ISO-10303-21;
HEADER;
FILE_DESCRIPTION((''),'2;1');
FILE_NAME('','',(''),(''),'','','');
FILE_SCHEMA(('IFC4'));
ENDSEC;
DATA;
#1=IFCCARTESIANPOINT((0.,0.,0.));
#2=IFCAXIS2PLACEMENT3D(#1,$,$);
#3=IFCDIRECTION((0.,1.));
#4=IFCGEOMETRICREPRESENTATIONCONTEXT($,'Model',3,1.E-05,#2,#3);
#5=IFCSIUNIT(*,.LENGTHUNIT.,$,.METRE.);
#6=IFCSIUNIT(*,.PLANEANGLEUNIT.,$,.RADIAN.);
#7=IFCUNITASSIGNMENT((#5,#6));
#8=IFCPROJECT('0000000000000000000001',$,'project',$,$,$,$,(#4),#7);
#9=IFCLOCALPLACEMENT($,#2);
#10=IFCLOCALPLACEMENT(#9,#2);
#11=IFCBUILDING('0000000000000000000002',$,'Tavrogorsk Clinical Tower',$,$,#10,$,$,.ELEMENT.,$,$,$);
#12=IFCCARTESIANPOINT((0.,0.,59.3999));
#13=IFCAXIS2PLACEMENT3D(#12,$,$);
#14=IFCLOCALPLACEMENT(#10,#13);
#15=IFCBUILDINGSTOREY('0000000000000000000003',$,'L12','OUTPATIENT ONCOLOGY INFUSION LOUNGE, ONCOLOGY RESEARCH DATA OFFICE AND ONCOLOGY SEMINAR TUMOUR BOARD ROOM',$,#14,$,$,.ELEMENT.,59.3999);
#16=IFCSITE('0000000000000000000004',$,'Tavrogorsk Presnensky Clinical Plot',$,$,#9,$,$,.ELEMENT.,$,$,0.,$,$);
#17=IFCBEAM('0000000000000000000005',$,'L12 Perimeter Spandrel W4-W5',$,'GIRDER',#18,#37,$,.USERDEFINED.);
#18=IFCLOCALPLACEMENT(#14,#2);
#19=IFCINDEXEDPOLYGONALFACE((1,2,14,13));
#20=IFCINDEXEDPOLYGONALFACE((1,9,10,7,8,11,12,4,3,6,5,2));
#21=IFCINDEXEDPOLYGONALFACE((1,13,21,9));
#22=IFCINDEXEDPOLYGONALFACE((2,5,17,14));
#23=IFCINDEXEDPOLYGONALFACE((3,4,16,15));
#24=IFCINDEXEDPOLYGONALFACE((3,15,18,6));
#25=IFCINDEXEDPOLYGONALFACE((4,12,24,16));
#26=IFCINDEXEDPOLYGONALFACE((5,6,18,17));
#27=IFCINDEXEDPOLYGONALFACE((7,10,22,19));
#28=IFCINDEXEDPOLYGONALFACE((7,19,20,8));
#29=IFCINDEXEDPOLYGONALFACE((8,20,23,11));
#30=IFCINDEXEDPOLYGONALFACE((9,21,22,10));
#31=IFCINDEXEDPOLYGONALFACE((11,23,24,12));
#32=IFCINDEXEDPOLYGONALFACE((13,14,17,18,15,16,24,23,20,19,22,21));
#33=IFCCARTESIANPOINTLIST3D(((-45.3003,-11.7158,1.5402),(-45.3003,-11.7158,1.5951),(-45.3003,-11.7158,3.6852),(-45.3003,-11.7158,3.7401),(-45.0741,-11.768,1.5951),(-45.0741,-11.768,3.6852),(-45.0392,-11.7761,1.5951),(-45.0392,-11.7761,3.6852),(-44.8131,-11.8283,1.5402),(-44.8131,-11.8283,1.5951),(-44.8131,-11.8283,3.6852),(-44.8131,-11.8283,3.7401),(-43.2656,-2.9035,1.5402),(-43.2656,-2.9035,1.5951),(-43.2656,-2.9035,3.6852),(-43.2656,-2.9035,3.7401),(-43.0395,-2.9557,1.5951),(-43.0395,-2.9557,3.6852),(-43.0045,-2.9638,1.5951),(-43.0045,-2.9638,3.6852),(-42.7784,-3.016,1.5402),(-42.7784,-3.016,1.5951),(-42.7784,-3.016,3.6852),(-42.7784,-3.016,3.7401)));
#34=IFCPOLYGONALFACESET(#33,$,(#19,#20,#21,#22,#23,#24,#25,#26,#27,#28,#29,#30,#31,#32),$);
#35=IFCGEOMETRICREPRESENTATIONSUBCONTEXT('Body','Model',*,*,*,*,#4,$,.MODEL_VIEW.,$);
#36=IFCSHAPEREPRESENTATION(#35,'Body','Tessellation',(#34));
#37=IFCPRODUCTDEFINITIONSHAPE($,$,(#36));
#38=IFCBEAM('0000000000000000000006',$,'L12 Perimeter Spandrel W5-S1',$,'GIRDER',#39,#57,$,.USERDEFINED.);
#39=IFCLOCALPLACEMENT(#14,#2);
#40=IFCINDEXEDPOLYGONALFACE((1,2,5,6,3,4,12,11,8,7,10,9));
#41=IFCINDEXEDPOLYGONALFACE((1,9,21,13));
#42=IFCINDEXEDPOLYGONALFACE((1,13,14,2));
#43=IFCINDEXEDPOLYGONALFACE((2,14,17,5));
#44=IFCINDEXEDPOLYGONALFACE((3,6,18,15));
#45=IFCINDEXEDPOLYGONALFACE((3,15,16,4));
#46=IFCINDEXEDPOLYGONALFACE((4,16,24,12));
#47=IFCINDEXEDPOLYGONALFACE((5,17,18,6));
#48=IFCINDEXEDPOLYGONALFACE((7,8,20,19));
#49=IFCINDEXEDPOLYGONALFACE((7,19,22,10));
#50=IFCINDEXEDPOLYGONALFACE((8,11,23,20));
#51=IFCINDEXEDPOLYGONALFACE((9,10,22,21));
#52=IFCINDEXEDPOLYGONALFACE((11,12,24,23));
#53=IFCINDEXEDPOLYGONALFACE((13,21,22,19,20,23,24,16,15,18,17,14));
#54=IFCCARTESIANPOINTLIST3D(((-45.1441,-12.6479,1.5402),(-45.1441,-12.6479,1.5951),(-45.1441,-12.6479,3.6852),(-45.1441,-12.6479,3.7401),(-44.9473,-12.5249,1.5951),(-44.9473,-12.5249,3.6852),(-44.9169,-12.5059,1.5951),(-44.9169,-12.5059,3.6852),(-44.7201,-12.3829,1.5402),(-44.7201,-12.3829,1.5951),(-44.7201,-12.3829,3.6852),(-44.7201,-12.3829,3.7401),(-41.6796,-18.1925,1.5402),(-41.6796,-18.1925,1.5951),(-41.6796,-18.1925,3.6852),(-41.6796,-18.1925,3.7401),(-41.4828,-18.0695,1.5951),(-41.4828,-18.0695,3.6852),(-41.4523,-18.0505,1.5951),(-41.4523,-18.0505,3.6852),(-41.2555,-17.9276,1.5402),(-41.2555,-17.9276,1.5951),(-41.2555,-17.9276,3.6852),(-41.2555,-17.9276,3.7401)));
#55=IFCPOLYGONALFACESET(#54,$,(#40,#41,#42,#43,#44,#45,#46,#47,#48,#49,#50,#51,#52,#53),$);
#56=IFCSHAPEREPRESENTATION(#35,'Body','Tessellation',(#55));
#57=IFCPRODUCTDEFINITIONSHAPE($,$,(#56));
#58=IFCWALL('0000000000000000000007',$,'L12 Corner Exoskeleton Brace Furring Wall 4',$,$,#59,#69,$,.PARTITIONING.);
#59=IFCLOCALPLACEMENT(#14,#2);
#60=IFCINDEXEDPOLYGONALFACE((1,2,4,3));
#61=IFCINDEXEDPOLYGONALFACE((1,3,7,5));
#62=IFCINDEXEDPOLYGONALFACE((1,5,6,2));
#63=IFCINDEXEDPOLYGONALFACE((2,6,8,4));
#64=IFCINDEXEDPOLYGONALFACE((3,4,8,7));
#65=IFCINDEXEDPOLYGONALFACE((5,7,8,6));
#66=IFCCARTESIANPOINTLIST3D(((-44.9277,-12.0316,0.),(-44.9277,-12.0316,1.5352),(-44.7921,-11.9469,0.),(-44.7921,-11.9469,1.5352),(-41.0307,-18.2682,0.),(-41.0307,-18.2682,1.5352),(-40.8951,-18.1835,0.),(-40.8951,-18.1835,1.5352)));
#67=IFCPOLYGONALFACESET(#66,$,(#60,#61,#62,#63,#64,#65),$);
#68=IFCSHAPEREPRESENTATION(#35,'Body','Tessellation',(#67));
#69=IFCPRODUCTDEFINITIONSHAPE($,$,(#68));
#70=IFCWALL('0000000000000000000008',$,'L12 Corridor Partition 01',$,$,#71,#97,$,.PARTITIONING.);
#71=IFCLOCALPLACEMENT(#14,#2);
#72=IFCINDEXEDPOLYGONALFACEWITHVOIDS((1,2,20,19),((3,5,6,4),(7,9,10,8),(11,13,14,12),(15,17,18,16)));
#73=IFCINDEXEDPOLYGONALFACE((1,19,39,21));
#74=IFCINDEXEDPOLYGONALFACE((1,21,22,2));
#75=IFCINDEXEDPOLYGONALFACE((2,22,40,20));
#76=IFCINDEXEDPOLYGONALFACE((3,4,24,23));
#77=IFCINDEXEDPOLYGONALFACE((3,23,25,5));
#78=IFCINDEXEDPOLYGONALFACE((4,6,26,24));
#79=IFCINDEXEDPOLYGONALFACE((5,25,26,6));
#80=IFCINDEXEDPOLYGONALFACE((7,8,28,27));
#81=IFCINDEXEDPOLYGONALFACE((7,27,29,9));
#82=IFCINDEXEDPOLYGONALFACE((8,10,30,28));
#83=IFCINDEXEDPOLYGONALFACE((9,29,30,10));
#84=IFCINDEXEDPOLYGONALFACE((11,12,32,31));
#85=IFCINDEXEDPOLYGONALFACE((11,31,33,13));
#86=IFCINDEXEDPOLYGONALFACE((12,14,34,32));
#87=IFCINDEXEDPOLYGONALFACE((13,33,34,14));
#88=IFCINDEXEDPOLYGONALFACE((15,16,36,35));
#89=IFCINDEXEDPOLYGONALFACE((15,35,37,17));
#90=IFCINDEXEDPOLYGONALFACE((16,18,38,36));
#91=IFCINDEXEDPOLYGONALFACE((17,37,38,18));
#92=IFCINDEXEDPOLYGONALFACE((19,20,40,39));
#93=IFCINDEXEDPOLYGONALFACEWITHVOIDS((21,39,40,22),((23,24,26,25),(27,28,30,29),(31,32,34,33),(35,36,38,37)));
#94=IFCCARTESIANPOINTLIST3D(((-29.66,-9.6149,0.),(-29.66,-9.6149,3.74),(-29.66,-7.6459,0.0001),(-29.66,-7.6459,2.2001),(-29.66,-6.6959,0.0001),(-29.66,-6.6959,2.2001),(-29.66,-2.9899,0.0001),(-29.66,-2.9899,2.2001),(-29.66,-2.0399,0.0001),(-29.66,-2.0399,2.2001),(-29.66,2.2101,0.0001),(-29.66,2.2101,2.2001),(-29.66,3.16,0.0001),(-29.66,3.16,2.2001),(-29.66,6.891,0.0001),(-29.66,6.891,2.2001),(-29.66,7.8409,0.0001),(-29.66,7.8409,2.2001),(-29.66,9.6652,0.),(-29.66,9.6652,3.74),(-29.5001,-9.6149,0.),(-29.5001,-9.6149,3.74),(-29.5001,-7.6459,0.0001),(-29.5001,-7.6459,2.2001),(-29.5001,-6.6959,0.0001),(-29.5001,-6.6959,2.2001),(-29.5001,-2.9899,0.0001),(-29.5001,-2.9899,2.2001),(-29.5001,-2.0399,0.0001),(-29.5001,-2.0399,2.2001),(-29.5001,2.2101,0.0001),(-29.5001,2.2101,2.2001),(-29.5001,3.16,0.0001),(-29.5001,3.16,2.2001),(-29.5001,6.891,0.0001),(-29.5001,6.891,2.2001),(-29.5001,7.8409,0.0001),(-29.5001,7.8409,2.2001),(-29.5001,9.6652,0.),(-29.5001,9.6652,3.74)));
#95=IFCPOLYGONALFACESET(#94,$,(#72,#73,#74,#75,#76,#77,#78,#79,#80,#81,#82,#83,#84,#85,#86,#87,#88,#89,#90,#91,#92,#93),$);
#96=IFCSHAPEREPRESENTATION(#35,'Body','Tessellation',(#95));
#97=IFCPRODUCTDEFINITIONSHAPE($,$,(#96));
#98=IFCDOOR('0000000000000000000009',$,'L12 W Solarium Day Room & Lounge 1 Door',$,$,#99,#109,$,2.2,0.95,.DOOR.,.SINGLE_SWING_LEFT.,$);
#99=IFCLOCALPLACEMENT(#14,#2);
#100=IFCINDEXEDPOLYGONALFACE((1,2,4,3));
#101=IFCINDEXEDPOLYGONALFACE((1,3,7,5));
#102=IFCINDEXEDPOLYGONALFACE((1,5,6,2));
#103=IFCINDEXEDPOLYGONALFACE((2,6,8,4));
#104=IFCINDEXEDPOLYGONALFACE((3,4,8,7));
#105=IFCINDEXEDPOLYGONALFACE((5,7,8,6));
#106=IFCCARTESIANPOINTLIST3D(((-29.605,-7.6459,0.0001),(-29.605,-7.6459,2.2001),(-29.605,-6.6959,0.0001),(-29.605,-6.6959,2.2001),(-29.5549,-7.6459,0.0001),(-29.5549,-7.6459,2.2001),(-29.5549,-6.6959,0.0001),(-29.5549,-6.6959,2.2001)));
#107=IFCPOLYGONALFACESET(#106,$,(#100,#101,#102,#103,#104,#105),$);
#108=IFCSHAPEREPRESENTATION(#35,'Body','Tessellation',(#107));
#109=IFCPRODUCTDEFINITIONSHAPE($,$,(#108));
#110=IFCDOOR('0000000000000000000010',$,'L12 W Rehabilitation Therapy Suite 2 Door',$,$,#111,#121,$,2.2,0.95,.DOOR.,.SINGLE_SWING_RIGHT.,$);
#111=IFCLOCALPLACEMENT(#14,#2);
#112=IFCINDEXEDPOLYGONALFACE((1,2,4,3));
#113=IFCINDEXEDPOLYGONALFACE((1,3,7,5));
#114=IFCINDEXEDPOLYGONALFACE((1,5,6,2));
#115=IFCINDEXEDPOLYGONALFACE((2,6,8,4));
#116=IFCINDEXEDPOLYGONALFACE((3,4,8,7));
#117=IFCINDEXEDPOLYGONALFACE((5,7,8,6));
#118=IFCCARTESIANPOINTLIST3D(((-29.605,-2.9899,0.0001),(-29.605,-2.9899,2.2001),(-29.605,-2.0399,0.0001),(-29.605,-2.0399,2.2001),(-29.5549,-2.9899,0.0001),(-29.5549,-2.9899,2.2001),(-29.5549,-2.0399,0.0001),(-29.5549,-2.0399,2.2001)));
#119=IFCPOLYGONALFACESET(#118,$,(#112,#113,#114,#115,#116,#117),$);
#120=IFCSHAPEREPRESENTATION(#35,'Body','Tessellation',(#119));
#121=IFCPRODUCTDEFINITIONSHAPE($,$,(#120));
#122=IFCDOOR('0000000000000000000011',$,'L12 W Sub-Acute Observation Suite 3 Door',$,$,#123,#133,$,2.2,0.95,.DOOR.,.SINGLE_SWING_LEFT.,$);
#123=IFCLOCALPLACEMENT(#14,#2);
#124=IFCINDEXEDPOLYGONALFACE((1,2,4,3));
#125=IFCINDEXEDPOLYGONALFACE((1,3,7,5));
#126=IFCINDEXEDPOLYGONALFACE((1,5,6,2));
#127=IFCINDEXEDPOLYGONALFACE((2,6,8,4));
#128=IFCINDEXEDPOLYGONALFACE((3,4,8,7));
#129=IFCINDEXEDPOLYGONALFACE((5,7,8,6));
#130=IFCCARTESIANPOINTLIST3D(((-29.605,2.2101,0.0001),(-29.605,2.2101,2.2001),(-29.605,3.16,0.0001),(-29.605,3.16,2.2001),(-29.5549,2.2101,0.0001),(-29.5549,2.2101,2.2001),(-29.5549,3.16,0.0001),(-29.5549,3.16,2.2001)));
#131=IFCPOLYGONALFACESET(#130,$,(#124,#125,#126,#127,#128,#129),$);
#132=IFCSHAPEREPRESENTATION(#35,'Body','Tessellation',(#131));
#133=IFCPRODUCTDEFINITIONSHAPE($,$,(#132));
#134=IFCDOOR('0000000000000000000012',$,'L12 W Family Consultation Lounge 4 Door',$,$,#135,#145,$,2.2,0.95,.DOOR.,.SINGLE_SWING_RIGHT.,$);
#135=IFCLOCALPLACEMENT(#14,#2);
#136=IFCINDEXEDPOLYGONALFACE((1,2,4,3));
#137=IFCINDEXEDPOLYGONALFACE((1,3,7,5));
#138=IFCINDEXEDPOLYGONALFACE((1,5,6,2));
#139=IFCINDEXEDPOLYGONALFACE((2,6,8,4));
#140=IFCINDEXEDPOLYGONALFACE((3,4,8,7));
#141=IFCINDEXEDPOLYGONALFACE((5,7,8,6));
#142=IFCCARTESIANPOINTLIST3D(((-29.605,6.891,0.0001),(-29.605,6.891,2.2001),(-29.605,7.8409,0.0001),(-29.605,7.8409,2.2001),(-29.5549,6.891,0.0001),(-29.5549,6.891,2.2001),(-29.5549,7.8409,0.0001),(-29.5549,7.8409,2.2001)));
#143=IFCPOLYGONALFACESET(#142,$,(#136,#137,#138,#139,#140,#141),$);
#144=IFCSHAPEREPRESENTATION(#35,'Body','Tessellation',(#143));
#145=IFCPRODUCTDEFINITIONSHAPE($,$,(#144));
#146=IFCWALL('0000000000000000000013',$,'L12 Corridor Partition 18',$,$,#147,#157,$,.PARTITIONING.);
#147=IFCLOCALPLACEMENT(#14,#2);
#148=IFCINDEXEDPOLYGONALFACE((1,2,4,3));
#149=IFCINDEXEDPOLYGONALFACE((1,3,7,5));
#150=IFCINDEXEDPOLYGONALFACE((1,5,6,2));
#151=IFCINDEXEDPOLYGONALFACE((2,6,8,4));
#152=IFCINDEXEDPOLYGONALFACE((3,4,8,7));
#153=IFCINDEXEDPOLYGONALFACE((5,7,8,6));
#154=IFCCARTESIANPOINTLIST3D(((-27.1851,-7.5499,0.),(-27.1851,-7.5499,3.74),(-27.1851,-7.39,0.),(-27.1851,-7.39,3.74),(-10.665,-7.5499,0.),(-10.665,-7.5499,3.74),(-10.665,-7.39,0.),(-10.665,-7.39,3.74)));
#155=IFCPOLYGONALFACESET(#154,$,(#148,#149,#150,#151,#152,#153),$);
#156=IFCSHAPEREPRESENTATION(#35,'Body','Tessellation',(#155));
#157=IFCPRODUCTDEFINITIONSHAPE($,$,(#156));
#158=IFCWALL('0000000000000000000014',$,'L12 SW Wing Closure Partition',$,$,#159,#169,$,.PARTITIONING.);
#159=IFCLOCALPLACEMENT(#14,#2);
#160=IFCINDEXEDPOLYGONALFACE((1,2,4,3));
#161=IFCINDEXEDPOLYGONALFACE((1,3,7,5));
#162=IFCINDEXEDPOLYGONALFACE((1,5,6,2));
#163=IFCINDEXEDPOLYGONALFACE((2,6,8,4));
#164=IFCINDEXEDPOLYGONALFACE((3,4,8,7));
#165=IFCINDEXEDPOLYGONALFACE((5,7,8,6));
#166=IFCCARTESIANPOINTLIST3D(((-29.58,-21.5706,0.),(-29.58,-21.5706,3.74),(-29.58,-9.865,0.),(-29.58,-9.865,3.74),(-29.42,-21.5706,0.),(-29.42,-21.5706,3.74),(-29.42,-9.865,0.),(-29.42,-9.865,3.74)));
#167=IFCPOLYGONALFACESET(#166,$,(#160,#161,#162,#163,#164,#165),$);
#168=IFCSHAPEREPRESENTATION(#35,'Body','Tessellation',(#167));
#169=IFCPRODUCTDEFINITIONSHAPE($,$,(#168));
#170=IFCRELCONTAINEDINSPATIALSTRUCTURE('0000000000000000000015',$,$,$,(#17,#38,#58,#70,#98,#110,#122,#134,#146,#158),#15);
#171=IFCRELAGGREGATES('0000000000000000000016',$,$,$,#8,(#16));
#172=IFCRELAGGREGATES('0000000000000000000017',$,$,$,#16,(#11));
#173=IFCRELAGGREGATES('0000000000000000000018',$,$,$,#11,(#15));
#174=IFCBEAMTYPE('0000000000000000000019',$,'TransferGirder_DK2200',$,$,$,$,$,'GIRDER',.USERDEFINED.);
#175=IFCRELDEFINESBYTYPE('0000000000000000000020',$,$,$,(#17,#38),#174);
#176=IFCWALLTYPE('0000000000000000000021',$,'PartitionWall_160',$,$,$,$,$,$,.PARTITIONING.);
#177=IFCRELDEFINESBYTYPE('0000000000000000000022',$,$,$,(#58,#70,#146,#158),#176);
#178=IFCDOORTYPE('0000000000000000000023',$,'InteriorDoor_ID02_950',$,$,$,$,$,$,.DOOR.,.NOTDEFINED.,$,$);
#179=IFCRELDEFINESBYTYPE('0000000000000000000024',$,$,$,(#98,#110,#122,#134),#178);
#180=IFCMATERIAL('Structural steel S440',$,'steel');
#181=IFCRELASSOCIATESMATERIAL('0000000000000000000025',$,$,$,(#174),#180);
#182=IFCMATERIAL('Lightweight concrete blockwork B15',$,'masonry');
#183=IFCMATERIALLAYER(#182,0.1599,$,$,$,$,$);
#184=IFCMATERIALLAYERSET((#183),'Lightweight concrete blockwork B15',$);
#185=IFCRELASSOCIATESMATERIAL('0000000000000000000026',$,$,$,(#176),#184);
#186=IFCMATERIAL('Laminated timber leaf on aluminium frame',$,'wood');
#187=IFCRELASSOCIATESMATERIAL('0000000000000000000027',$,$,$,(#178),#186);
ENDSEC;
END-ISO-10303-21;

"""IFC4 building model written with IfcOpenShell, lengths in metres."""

from ifc_helpers import new_model, si_unit, direction, frame, frame_2d, origin, origin_2d, place, context, subcontext, project, spatial, rectangle, i_section, extrude, material, layer, layer_set, material_profile, profile_set, type_object, element, fill, save


model = new_model("IFC4")

# Units and contexts
model_context = context("Model", 3, precision=1e-05, world=origin(), true_north=direction((0.0, 1.0)))
body_context = subcontext(model_context, "Body", "Model", "MODEL_VIEW")
ifc_project = project(units=[si_unit("LENGTHUNIT", "METRE"), si_unit("PLANEANGLEUNIT", "RADIAN")], contexts=[model_context])

# Site, building, storey
site_placement = place(None, origin())
site = spatial("IfcSite", under=ifc_project, at=site_placement, Name="Tavrogorsk Presnensky Clinical Plot", CompositionType="ELEMENT", RefElevation=0.0)
building_placement = place(site_placement, origin())
building = spatial("IfcBuilding", under=site, at=building_placement, Name="Tavrogorsk Clinical Tower", CompositionType="ELEMENT")
storey_placement = place(building_placement, frame((0.0, 0.0, 59.3999)))
storey = spatial("IfcBuildingStorey", under=building, at=storey_placement, Name="L12", Description="OUTPATIENT ONCOLOGY INFUSION LOUNGE, ONCOLOGY RESEARCH DATA OFFICE AND ONCOLOGY SEMINAR TUMOUR BOARD ROOM", CompositionType="ELEMENT", Elevation=59.3999)

# Beams
ifc_material_1 = material(Name="Structural steel S440", Category="steel")
ifc_material_profile_1 = material_profile(ifc_material_1, i_section(OverallWidth=0.5, OverallDepth=2.2, WebThickness=0.0359, FlangeThickness=0.0549, at=origin_2d()), Name="DK-2200x500x36x55")
ifc_profile_set_1 = profile_set([ifc_material_profile_1], Name="Structural steel S440")
beam_type = type_object("IfcBeamType", Name="TransferGirder_DK2200", ElementType="GIRDER", PredefinedType="USERDEFINED", material=ifc_profile_set_1)
beam_1_placement = place(storey_placement, frame((-43.022, -2.9597, 2.6401), z_axis=(-0.224972, -0.974365, 0.0), x_axis=(0.974365, -0.224972, 0.0)))
element("IfcBeam", 1, at=beam_1_placement, inside=storey, type_object=beam_type, Name="L12 Perimeter Spandrel W4-W5", ObjectType="GIRDER", PredefinedType="USERDEFINED", context=body_context, shape_type="SweptSolid", body=[
    extrude(i_section(OverallWidth=0.5, OverallDepth=2.2, WebThickness=0.0359, FlangeThickness=0.0549, at=origin_2d()), origin(), (0.0, 0.0, 1.0), 9.0442),
])
beam_2_placement = place(storey_placement, frame((-44.9321, -12.5154, 2.6401), z_axis=(0.529908, -0.848055, 0.0), x_axis=(0.848055, 0.529908, 0.0)))
element("IfcBeam", 2, at=beam_2_placement, inside=storey, type_object=beam_type, Name="L12 Perimeter Spandrel W5-S1", ObjectType="GIRDER", PredefinedType="USERDEFINED", context=body_context, shape_type="SweptSolid", body=[
    extrude(i_section(OverallWidth=0.5, OverallDepth=2.2, WebThickness=0.0359, FlangeThickness=0.0549, at=origin_2d()), origin(), (0.0, 0.0, 1.0), 6.5381),
])

# Wall
ifc_material_2 = material(Name="Lightweight concrete blockwork B15", Category="masonry")
ifc_layer_1 = layer(ifc_material_2, 0.1599)
ifc_layer_set_1 = layer_set([ifc_layer_1], Name="Lightweight concrete blockwork B15")
wall_type_1 = type_object("IfcWallType", Name="PartitionWall_160", PredefinedType="PARTITIONING", material=ifc_layer_set_1)
wall_1_placement = place(storey_placement, frame((-44.8599, -11.9893, 0.0), z_axis=(0.0, 0.0, 1.0), x_axis=(0.529912, -0.848052, 0.0)))
element("IfcWall", 3, at=wall_1_placement, inside=storey, type_object=wall_type_1, Name="L12 Corner Exoskeleton Brace Furring Wall 4", PredefinedType="PARTITIONING", context=body_context, shape_type="SweptSolid", body=[
    extrude(rectangle(XDim=7.354, YDim=0.1599, at=frame_2d((3.677, 0.0))), origin(), (0.0, 0.0, 1.0), 1.5352),
])

# Wall, openings, doors
wall_2_placement = place(storey_placement, frame((-29.5801, -9.615, 0.0), z_axis=(0.0, 0.0, 1.0), x_axis=(0.0, 1.0, 0.0)))
wall_2 = element("IfcWall", 4, at=wall_2_placement, inside=storey, type_object=wall_type_1, Name="L12 Corridor Partition 01", PredefinedType="PARTITIONING", context=body_context, shape_type="SweptSolid", body=[
    extrude(rectangle(XDim=19.28, YDim=0.1599, at=frame_2d((9.6401, 0.0))), origin(), (0.0, 0.0, 1.0), 3.74),
])
opening_1_placement = place(wall_2_placement, frame((1.969, 0.0, 0.0)))
opening_1 = element("IfcOpeningElement", 5, at=opening_1_placement, cuts=wall_2, PredefinedType="OPENING", context=body_context, shape_type="SweptSolid", body=[
    extrude(rectangle(XDim=0.95, YDim=2.2, at=frame_2d((0.4751, 1.1001))), frame((0.0, 0.0898, 0.0), z_axis=(0.0, -1.0, 0.0), x_axis=(1.0, 0.0, 0.0)), (0.0, 0.0, 1.0), 0.1799),
])
opening_2_placement = place(wall_2_placement, frame((6.625, 0.0, 0.0)))
opening_2 = element("IfcOpeningElement", 6, at=opening_2_placement, cuts=wall_2, PredefinedType="OPENING", context=body_context, shape_type="SweptSolid", body=[
    extrude(rectangle(XDim=0.95, YDim=2.2, at=frame_2d((0.4751, 1.1001))), frame((0.0, 0.0898, 0.0), z_axis=(0.0, -1.0, 0.0), x_axis=(1.0, 0.0, 0.0)), (0.0, 0.0, 1.0), 0.1799),
])
opening_3_placement = place(wall_2_placement, frame((11.825, 0.0, 0.0)))
opening_3 = element("IfcOpeningElement", 7, at=opening_3_placement, cuts=wall_2, PredefinedType="OPENING", context=body_context, shape_type="SweptSolid", body=[
    extrude(rectangle(XDim=0.95, YDim=2.2, at=frame_2d((0.4751, 1.1001))), frame((0.0, 0.0898, 0.0), z_axis=(0.0, -1.0, 0.0), x_axis=(1.0, 0.0, 0.0)), (0.0, 0.0, 1.0), 0.1799),
])
opening_4_placement = place(wall_2_placement, frame((16.5059, 0.0, 0.0)))
opening_4 = element("IfcOpeningElement", 8, at=opening_4_placement, cuts=wall_2, PredefinedType="OPENING", context=body_context, shape_type="SweptSolid", body=[
    extrude(rectangle(XDim=0.95, YDim=2.2, at=frame_2d((0.4751, 1.1001))), frame((0.0, 0.0898, 0.0), z_axis=(0.0, -1.0, 0.0), x_axis=(1.0, 0.0, 0.0)), (0.0, 0.0, 1.0), 0.1799),
])
ifc_material_3 = material(Name="Laminated timber leaf on aluminium frame", Category="wood")
door_type = type_object("IfcDoorType", Name="InteriorDoor_ID02_950", OperationType="NOTDEFINED", PredefinedType="DOOR", material=ifc_material_3)
door_1_placement = place(opening_1_placement, origin())
door_1 = element("IfcDoor", 9, at=door_1_placement, inside=storey, type_object=door_type, Name="L12 W Solarium Day Room & Lounge 1 Door", OperationType="SINGLE_SWING_LEFT", OverallHeight=2.2, OverallWidth=0.95, PredefinedType="DOOR", context=body_context, shape_type="SweptSolid", body=[
    extrude(rectangle(XDim=0.95, YDim=2.2, at=frame_2d((0.4751, 1.1001))), frame((0.0, 0.0249, 0.0), z_axis=(0.0, -1.0, 0.0), x_axis=(1.0, 0.0, 0.0)), (0.0, 0.0, 1.0), 0.05),
])
fill(opening_1, door_1)
door_2_placement = place(opening_2_placement, origin())
door_2 = element("IfcDoor", 10, at=door_2_placement, inside=storey, type_object=door_type, Name="L12 W Rehabilitation Therapy Suite 2 Door", OperationType="SINGLE_SWING_RIGHT", OverallHeight=2.2, OverallWidth=0.95, PredefinedType="DOOR", context=body_context, shape_type="SweptSolid", body=[
    extrude(rectangle(XDim=0.95, YDim=2.2, at=frame_2d((0.4751, 1.1001))), frame((0.0, 0.0249, 0.0), z_axis=(0.0, -1.0, 0.0), x_axis=(1.0, 0.0, 0.0)), (0.0, 0.0, 1.0), 0.05),
])
fill(opening_2, door_2)
door_3_placement = place(opening_3_placement, origin())
door_3 = element("IfcDoor", 11, at=door_3_placement, inside=storey, type_object=door_type, Name="L12 W Sub-Acute Observation Suite 3 Door", OperationType="SINGLE_SWING_LEFT", OverallHeight=2.2, OverallWidth=0.95, PredefinedType="DOOR", context=body_context, shape_type="SweptSolid", body=[
    extrude(rectangle(XDim=0.95, YDim=2.2, at=frame_2d((0.4751, 1.1001))), frame((0.0, 0.0249, 0.0), z_axis=(0.0, -1.0, 0.0), x_axis=(1.0, 0.0, 0.0)), (0.0, 0.0, 1.0), 0.05),
])
fill(opening_3, door_3)
door_4_placement = place(opening_4_placement, origin())
door_4 = element("IfcDoor", 12, at=door_4_placement, inside=storey, type_object=door_type, Name="L12 W Family Consultation Lounge 4 Door", OperationType="SINGLE_SWING_RIGHT", OverallHeight=2.2, OverallWidth=0.95, PredefinedType="DOOR", context=body_context, shape_type="SweptSolid", body=[
    extrude(rectangle(XDim=0.95, YDim=2.2, at=frame_2d((0.4751, 1.1001))), frame((0.0, 0.0249, 0.0), z_axis=(0.0, -1.0, 0.0), x_axis=(1.0, 0.0, 0.0)), (0.0, 0.0, 1.0), 0.05),
])
fill(opening_4, door_4)

# Walls
wall_3_placement = place(storey_placement, frame((-27.1851, -7.47, 0.0), z_axis=(0.0, 0.0, 1.0), x_axis=(1.0, 0.0, 0.0)))
element("IfcWall", 13, at=wall_3_placement, inside=storey, type_object=wall_type_1, Name="L12 Corridor Partition 18", PredefinedType="PARTITIONING", context=body_context, shape_type="SweptSolid", body=[
    extrude(rectangle(XDim=16.52, YDim=0.1599, at=frame_2d((8.26, 0.0))), origin(), (0.0, 0.0, 1.0), 3.74),
])
wall_4_placement = place(storey_placement, frame((-29.5, -21.5706, 0.0), z_axis=(0.0, 0.0, 1.0), x_axis=(0.0, 1.0, 0.0)))
element("IfcWall", 14, at=wall_4_placement, inside=storey, type_object=wall_type_1, Name="L12 SW Wing Closure Partition", PredefinedType="PARTITIONING", context=body_context, shape_type="SweptSolid", body=[
    extrude(rectangle(XDim=11.7056, YDim=0.1599, at=frame_2d((5.8528, 0.0))), origin(), (0.0, 0.0, 1.0), 3.74),
])

save(model, "model.ifc")
